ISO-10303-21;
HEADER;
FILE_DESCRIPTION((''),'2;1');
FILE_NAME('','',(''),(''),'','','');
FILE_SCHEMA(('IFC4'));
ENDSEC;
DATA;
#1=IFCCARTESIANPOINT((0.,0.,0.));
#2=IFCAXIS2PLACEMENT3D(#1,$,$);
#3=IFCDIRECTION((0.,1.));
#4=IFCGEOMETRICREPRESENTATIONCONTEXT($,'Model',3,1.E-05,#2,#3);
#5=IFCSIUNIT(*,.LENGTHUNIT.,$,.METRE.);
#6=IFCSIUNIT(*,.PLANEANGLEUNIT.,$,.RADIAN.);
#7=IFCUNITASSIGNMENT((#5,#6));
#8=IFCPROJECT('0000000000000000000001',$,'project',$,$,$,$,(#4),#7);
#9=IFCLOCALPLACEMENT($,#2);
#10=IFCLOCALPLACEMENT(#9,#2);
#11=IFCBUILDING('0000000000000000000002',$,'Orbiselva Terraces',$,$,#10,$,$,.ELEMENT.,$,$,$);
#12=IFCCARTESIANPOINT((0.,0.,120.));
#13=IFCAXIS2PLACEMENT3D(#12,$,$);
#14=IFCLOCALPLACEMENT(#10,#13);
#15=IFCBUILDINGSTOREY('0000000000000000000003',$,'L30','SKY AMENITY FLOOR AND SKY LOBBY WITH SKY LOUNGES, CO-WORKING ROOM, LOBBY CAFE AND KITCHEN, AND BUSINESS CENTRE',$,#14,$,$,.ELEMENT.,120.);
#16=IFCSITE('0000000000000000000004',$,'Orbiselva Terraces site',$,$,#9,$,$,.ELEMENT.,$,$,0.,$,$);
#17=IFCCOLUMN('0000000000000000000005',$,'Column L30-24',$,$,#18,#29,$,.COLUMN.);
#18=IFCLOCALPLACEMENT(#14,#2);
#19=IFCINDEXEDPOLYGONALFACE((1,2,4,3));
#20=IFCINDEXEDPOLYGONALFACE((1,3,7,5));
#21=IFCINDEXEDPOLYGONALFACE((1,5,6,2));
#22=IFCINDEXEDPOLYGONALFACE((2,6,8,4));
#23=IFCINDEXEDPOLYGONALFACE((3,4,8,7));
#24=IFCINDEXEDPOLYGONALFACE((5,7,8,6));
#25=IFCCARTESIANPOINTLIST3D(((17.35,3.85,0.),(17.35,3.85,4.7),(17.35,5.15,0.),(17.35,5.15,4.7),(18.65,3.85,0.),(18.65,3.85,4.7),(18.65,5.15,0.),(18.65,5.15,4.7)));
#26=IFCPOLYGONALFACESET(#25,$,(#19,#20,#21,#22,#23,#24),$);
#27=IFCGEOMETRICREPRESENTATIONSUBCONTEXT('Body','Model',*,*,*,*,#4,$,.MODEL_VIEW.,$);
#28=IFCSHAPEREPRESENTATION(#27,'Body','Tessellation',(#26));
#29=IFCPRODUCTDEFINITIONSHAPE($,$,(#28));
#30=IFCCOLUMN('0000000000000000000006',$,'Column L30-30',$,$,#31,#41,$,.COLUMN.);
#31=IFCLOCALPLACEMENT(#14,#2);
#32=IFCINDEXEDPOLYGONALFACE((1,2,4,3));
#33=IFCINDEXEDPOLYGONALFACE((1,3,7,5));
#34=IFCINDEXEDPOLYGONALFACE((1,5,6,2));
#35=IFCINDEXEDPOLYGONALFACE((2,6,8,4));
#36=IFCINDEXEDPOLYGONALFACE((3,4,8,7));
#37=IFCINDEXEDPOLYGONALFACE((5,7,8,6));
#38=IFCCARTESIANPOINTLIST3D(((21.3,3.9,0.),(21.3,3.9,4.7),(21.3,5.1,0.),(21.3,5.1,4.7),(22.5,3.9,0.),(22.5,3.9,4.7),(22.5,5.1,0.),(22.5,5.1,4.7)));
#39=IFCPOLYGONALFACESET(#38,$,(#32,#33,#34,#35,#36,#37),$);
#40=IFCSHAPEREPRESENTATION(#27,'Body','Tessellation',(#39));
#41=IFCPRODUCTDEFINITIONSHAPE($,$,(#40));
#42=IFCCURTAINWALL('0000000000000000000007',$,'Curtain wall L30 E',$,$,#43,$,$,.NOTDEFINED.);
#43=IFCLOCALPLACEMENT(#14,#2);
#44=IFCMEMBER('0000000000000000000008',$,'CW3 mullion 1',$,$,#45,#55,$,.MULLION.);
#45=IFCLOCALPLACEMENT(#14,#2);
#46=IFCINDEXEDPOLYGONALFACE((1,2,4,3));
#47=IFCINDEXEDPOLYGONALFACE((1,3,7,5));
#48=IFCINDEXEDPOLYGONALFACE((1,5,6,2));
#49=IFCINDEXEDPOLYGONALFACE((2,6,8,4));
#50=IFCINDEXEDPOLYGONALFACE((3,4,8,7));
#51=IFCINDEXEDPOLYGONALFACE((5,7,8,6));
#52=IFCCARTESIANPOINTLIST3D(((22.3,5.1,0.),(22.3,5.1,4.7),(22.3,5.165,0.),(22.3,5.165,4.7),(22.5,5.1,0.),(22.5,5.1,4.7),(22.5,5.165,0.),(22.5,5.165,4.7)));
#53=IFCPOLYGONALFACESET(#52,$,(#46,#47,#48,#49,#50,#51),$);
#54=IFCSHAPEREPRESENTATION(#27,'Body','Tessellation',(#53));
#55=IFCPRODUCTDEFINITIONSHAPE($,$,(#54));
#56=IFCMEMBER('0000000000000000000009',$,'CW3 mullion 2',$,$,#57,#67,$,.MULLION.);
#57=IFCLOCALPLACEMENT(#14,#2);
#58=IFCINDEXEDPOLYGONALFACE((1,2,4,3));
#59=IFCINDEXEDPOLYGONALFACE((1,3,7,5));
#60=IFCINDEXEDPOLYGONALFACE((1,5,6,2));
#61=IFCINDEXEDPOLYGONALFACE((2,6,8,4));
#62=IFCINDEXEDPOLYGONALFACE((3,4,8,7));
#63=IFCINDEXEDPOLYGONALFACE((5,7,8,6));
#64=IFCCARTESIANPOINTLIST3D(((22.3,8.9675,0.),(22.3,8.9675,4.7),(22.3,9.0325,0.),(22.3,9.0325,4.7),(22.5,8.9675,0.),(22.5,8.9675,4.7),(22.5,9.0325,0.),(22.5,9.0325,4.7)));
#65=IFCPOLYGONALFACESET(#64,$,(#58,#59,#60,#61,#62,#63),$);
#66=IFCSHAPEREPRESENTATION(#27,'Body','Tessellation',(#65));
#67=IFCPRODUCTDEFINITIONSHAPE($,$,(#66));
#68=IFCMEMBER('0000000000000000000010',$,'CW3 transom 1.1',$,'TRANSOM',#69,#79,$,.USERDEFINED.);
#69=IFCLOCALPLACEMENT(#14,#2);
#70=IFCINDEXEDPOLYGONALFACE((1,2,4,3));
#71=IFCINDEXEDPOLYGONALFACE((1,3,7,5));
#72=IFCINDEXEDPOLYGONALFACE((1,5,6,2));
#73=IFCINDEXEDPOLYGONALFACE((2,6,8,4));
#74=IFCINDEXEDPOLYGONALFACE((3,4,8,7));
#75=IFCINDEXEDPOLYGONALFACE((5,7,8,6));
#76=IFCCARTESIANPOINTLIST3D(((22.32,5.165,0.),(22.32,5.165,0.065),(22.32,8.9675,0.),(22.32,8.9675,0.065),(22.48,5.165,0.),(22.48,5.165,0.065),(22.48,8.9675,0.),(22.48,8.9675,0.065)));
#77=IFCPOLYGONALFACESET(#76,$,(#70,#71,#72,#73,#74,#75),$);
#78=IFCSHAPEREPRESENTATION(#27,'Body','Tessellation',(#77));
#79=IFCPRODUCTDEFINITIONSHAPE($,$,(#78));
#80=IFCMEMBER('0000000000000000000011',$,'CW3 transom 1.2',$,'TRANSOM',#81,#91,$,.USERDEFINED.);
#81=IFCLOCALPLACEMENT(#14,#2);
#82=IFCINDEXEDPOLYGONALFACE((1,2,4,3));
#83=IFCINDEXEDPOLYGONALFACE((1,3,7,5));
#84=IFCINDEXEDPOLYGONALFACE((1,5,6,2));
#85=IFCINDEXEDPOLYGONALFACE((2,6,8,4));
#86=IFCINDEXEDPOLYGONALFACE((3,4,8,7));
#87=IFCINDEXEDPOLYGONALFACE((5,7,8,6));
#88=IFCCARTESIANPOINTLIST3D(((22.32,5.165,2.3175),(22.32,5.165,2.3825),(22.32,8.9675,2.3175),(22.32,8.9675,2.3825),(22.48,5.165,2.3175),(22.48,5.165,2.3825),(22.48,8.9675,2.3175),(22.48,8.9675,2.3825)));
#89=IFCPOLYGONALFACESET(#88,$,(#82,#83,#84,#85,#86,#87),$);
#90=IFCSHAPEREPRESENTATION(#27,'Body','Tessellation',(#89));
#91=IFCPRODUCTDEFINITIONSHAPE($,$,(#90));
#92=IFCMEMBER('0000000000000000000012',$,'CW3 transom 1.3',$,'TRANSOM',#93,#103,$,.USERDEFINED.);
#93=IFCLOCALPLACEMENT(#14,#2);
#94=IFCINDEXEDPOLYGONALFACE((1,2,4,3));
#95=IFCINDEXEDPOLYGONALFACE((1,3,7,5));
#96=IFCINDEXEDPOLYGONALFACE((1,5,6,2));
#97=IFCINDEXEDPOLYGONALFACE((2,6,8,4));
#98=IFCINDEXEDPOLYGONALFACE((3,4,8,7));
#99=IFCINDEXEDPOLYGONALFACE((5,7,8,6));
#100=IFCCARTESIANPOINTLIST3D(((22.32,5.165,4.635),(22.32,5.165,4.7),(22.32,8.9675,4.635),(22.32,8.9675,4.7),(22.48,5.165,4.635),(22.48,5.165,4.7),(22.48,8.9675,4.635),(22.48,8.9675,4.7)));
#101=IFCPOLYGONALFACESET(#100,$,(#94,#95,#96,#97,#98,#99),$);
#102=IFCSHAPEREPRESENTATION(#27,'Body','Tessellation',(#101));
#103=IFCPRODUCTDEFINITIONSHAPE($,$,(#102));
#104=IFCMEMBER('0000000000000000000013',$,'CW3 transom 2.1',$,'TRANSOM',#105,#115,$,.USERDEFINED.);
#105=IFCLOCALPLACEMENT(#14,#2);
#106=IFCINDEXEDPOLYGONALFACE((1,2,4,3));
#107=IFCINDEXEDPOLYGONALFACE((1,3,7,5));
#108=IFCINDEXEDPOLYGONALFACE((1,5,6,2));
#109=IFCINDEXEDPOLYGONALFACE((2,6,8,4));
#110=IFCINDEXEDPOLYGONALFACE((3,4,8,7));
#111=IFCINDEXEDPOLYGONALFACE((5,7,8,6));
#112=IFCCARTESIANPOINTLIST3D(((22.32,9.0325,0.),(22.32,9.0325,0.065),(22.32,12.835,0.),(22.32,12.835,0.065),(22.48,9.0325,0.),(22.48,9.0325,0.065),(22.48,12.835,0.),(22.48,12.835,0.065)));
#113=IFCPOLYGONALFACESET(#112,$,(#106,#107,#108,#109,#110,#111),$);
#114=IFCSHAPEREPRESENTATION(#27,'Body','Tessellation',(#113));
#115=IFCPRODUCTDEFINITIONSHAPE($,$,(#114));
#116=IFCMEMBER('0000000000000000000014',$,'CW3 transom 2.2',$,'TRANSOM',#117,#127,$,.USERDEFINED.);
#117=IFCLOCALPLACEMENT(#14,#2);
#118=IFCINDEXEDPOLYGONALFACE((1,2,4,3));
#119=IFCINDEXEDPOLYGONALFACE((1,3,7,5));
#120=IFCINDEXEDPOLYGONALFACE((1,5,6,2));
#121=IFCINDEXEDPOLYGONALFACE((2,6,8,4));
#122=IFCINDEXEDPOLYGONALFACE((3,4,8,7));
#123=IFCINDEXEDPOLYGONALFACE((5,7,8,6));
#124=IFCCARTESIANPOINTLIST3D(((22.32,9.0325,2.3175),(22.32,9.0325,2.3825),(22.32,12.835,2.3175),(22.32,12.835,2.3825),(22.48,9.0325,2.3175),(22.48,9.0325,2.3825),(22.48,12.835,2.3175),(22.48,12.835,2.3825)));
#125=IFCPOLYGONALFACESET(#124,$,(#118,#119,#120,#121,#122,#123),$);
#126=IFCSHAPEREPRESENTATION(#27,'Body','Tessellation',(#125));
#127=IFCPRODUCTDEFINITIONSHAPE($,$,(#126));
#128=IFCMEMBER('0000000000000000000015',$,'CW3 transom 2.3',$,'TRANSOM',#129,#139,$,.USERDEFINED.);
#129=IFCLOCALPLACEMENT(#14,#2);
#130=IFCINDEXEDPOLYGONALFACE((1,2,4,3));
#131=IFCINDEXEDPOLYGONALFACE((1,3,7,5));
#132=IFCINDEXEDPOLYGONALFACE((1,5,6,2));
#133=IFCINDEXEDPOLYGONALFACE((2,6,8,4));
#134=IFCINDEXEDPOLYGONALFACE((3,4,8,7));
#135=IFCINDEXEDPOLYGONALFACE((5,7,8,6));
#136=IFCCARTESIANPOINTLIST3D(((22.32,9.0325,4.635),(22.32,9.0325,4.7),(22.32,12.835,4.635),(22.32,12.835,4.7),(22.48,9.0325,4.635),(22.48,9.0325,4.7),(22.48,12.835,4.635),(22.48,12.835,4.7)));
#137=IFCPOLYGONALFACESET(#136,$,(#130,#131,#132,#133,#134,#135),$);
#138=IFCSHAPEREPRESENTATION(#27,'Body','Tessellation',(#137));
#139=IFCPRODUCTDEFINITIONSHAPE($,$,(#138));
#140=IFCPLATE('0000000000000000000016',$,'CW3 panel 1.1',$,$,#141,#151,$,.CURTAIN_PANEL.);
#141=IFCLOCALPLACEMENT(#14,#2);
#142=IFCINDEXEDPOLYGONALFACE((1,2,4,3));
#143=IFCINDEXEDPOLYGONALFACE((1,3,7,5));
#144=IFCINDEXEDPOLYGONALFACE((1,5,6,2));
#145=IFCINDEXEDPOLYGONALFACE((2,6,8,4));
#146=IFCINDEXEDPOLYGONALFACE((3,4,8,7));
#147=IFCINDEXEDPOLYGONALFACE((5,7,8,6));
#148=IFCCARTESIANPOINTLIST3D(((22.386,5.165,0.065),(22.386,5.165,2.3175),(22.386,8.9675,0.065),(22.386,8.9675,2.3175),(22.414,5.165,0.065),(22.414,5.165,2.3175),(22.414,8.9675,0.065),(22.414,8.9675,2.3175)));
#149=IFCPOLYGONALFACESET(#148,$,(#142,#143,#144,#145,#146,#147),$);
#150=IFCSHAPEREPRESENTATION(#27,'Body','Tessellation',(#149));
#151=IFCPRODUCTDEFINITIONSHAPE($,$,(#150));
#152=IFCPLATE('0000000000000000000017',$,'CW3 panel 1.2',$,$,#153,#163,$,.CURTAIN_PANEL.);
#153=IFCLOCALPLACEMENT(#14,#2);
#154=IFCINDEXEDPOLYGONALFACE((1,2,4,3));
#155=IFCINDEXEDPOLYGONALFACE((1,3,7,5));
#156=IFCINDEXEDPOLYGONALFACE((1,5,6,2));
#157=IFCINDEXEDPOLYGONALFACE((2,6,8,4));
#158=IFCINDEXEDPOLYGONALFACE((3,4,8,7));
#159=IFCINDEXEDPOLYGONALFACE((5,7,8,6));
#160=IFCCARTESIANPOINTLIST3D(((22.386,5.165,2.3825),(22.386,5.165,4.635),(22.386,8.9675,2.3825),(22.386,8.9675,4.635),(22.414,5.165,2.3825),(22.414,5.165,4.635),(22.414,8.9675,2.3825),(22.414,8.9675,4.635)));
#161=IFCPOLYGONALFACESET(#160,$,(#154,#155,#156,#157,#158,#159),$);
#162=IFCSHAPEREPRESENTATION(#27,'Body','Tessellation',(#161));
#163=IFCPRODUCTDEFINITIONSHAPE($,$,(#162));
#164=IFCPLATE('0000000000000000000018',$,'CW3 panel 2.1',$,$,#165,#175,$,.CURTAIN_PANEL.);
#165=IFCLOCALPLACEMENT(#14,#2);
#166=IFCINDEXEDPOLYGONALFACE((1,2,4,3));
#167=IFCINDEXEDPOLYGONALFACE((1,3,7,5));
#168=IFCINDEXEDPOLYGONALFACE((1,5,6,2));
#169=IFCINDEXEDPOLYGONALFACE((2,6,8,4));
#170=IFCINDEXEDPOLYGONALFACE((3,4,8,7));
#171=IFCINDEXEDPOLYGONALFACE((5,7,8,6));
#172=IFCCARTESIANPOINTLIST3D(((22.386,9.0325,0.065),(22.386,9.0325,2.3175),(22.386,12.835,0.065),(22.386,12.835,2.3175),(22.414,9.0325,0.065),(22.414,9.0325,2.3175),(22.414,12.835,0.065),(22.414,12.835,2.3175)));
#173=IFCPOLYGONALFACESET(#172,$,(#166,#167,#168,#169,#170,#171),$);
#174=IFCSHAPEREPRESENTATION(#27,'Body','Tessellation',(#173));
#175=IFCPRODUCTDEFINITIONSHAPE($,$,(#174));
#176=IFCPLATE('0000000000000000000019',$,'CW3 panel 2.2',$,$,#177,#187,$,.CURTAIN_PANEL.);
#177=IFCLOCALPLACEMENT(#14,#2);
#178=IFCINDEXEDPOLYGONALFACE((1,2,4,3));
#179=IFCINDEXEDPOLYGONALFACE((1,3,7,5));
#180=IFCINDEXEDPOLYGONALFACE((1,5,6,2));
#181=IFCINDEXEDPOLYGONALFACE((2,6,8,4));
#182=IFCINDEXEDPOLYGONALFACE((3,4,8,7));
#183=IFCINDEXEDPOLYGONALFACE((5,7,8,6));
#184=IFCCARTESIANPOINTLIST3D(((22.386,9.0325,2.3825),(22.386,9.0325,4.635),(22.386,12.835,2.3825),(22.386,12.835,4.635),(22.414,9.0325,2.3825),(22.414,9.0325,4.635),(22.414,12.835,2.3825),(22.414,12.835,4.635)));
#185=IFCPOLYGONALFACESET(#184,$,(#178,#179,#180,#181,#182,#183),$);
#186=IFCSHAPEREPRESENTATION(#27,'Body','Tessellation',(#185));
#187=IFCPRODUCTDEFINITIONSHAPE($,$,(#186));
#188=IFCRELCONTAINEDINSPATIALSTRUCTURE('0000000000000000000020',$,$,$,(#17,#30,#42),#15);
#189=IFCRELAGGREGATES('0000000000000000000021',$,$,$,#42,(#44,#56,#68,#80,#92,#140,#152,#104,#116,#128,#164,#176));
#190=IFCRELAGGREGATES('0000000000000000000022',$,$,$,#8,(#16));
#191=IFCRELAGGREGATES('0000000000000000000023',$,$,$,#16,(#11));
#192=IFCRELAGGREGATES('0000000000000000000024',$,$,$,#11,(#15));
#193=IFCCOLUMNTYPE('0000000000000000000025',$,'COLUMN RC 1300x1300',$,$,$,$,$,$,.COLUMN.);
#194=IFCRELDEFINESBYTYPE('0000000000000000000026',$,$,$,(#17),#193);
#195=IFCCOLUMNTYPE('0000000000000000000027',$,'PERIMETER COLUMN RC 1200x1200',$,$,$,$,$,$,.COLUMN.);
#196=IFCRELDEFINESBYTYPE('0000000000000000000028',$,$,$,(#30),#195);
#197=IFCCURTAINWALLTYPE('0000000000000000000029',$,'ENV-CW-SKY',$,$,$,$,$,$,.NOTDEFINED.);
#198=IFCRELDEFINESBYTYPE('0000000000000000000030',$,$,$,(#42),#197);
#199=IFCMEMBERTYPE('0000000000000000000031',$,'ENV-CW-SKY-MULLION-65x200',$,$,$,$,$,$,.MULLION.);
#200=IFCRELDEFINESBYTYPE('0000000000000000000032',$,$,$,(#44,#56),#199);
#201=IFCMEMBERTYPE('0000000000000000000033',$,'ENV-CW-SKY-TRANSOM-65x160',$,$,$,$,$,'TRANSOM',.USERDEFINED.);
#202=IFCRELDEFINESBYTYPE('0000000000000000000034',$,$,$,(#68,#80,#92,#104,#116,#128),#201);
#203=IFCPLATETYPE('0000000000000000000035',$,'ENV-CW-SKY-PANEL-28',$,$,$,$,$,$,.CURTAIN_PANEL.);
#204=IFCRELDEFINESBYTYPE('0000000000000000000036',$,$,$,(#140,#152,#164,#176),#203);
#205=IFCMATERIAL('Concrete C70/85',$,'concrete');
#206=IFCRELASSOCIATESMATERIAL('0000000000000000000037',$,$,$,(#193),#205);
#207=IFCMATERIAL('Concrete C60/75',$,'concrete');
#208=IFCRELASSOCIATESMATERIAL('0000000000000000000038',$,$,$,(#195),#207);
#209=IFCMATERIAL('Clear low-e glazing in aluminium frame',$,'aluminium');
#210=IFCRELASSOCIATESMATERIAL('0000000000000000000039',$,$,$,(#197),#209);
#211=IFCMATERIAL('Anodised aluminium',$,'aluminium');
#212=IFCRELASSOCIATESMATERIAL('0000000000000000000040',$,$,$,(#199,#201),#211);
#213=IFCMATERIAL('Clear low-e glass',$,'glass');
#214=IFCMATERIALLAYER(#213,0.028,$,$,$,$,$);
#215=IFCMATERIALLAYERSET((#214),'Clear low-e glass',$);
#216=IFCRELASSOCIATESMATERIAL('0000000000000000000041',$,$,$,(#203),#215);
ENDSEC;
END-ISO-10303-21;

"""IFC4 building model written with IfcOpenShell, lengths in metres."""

from ifc_helpers import new_model, si_unit, direction, frame, origin, origin_2d, place, context, subcontext, project, spatial, rectangle, extrude, material, layer, layer_set, material_profile, profile_set, type_object, element, aggregate, save


model = new_model("IFC4")

# Units and contexts
model_context = context("Model", 3, precision=1e-05, world=origin(), true_north=direction((0.0, 1.0)))
body_context = subcontext(model_context, "Body", "Model", "MODEL_VIEW")
ifc_project = project(units=[si_unit("LENGTHUNIT", "METRE"), si_unit("PLANEANGLEUNIT", "RADIAN")], contexts=[model_context])

# Site, building, storey
site_placement = place(None, origin())
site = spatial("IfcSite", under=ifc_project, at=site_placement, Name="Orbiselva Terraces site", CompositionType="ELEMENT", RefElevation=0.0)
building_placement = place(site_placement, origin())
building = spatial("IfcBuilding", under=site, at=building_placement, Name="Orbiselva Terraces", CompositionType="ELEMENT")
storey_placement = place(building_placement, frame((0.0, 0.0, 120.0)))
storey = spatial("IfcBuildingStorey", under=building, at=storey_placement, Name="L30", Description="SKY AMENITY FLOOR AND SKY LOBBY WITH SKY LOUNGES, CO-WORKING ROOM, LOBBY CAFE AND KITCHEN, AND BUSINESS CENTRE", CompositionType="ELEMENT", Elevation=120.0)

# Columns
ifc_material_1 = material(Name="Concrete C70/85", Category="concrete")
ifc_material_profile_1 = material_profile(ifc_material_1, rectangle(XDim=1.3, YDim=1.3, at=origin_2d()), Name="RC 1300x1300")
ifc_profile_set_1 = profile_set([ifc_material_profile_1], Name="Concrete C70/85")
column_type_1 = type_object("IfcColumnType", Name="COLUMN RC 1300x1300", PredefinedType="COLUMN", material=ifc_profile_set_1)
column_1_placement = place(storey_placement, frame((18.0, 4.5, 0.0), z_axis=(0.0, 0.0, 1.0), x_axis=(1.0, 0.0, 0.0)))
element("IfcColumn", 1, at=column_1_placement, inside=storey, type_object=column_type_1, Name="Column L30-24", PredefinedType="COLUMN", context=body_context, shape_type="SweptSolid", body=[
    extrude(rectangle(XDim=1.3, YDim=1.3, at=origin_2d()), origin(), (0.0, 0.0, 1.0), 4.7),
])
ifc_material_2 = material(Name="Concrete C60/75", Category="concrete")
ifc_material_profile_2 = material_profile(ifc_material_2, rectangle(XDim=1.2, YDim=1.2, at=origin_2d()), Name="RC 1200x1200")
ifc_profile_set_2 = profile_set([ifc_material_profile_2], Name="Concrete C60/75")
column_type_2 = type_object("IfcColumnType", Name="PERIMETER COLUMN RC 1200x1200", PredefinedType="COLUMN", material=ifc_profile_set_2)
column_2_placement = place(storey_placement, frame((21.9, 4.5, 0.0), z_axis=(0.0, 0.0, 1.0), x_axis=(1.0, 0.0, 0.0)))
element("IfcColumn", 2, at=column_2_placement, inside=storey, type_object=column_type_2, Name="Column L30-30", PredefinedType="COLUMN", context=body_context, shape_type="SweptSolid", body=[
    extrude(rectangle(XDim=1.2, YDim=1.2, at=origin_2d()), origin(), (0.0, 0.0, 1.0), 4.7),
])

# Curtain wall, members, plates
ifc_material_3 = material(Name="Clear low-e glazing in aluminium frame", Category="aluminium")
curtain_wall_type = type_object("IfcCurtainWallType", Name="ENV-CW-SKY", PredefinedType="NOTDEFINED", material=ifc_material_3)
curtain_wall_placement = place(storey_placement, origin())
curtain_wall = element("IfcCurtainWall", 3, at=curtain_wall_placement, inside=storey, type_object=curtain_wall_type, Name="Curtain wall L30 E", PredefinedType="NOTDEFINED")
ifc_material_4 = material(Name="Anodised aluminium", Category="aluminium")
ifc_material_profile_3 = material_profile(ifc_material_4, rectangle(XDim=0.2, YDim=0.065, at=origin_2d()), Name="AL 65x200")
ifc_profile_set_3 = profile_set([ifc_material_profile_3], Name="Anodised aluminium")
member_type_1 = type_object("IfcMemberType", Name="ENV-CW-SKY-MULLION-65x200", PredefinedType="MULLION", material=ifc_profile_set_3)
member_1_placement = place(storey_placement, frame((22.4, 5.1325, 0.0), z_axis=(0.0, 0.0, 1.0), x_axis=(-1.0, 0.0, 0.0)))
member_1 = element("IfcMember", 4, at=member_1_placement, type_object=member_type_1, Name="CW3 mullion 1", PredefinedType="MULLION", context=body_context, shape_type="SweptSolid", body=[
    extrude(rectangle(XDim=0.2, YDim=0.065, at=origin_2d()), origin(), (0.0, 0.0, 1.0), 4.7),
])
member_2_placement = place(storey_placement, frame((22.4, 9.0, 0.0), z_axis=(0.0, 0.0, 1.0), x_axis=(-1.0, 0.0, 0.0)))
member_2 = element("IfcMember", 5, at=member_2_placement, type_object=member_type_1, Name="CW3 mullion 2", PredefinedType="MULLION", context=body_context, shape_type="SweptSolid", body=[
    extrude(rectangle(XDim=0.2, YDim=0.065, at=origin_2d()), origin(), (0.0, 0.0, 1.0), 4.7),
])
ifc_material_profile_4 = material_profile(ifc_material_4, rectangle(XDim=0.16, YDim=0.065, at=origin_2d()), Name="AL 65x160")
ifc_profile_set_4 = profile_set([ifc_material_profile_4], Name="Anodised aluminium")
member_type_2 = type_object("IfcMemberType", Name="ENV-CW-SKY-TRANSOM-65x160", ElementType="TRANSOM", PredefinedType="USERDEFINED", material=ifc_profile_set_4)
member_3_placement = place(storey_placement, frame((22.4, 5.165, 0.0325), z_axis=(0.0, 1.0, 0.0), x_axis=(-1.0, 0.0, 0.0)))
member_3 = element("IfcMember", 6, at=member_3_placement, type_object=member_type_2, Name="CW3 transom 1.1", ObjectType="TRANSOM", PredefinedType="USERDEFINED", context=body_context, shape_type="SweptSolid", body=[
    extrude(rectangle(XDim=0.16, YDim=0.065, at=origin_2d()), origin(), (0.0, 0.0, 1.0), 3.8025),
])
member_4_placement = place(storey_placement, frame((22.4, 5.165, 2.35), z_axis=(0.0, 1.0, 0.0), x_axis=(-1.0, 0.0, 0.0)))
member_4 = element("IfcMember", 7, at=member_4_placement, type_object=member_type_2, Name="CW3 transom 1.2", ObjectType="TRANSOM", PredefinedType="USERDEFINED", context=body_context, shape_type="SweptSolid", body=[
    extrude(rectangle(XDim=0.16, YDim=0.065, at=origin_2d()), origin(), (0.0, 0.0, 1.0), 3.8025),
])
member_5_placement = place(storey_placement, frame((22.4, 5.165, 4.6675), z_axis=(0.0, 1.0, 0.0), x_axis=(-1.0, 0.0, 0.0)))
member_5 = element("IfcMember", 8, at=member_5_placement, type_object=member_type_2, Name="CW3 transom 1.3", ObjectType="TRANSOM", PredefinedType="USERDEFINED", context=body_context, shape_type="SweptSolid", body=[
    extrude(rectangle(XDim=0.16, YDim=0.065, at=origin_2d()), origin(), (0.0, 0.0, 1.0), 3.8025),
])
member_6_placement = place(storey_placement, frame((22.4, 9.0325, 0.0325), z_axis=(0.0, 1.0, 0.0), x_axis=(-1.0, 0.0, 0.0)))
member_6 = element("IfcMember", 9, at=member_6_placement, type_object=member_type_2, Name="CW3 transom 2.1", ObjectType="TRANSOM", PredefinedType="USERDEFINED", context=body_context, shape_type="SweptSolid", body=[
    extrude(rectangle(XDim=0.16, YDim=0.065, at=origin_2d()), origin(), (0.0, 0.0, 1.0), 3.8025),
])
member_7_placement = place(storey_placement, frame((22.4, 9.0325, 2.35), z_axis=(0.0, 1.0, 0.0), x_axis=(-1.0, 0.0, 0.0)))
member_7 = element("IfcMember", 10, at=member_7_placement, type_object=member_type_2, Name="CW3 transom 2.2", ObjectType="TRANSOM", PredefinedType="USERDEFINED", context=body_context, shape_type="SweptSolid", body=[
    extrude(rectangle(XDim=0.16, YDim=0.065, at=origin_2d()), origin(), (0.0, 0.0, 1.0), 3.8025),
])
member_8_placement = place(storey_placement, frame((22.4, 9.0325, 4.6675), z_axis=(0.0, 1.0, 0.0), x_axis=(-1.0, 0.0, 0.0)))
member_8 = element("IfcMember", 11, at=member_8_placement, type_object=member_type_2, Name="CW3 transom 2.3", ObjectType="TRANSOM", PredefinedType="USERDEFINED", context=body_context, shape_type="SweptSolid", body=[
    extrude(rectangle(XDim=0.16, YDim=0.065, at=origin_2d()), origin(), (0.0, 0.0, 1.0), 3.8025),
])
ifc_material_5 = material(Name="Clear low-e glass", Category="glass")
ifc_layer_1 = layer(ifc_material_5, 0.028)
ifc_layer_set_1 = layer_set([ifc_layer_1], Name="Clear low-e glass")
plate_type = type_object("IfcPlateType", Name="ENV-CW-SKY-PANEL-28", PredefinedType="CURTAIN_PANEL", material=ifc_layer_set_1)
plate_1_placement = place(storey_placement, frame((22.4, 7.0663, 0.065), z_axis=(0.0, 0.0, 1.0), x_axis=(0.0, 1.0, 0.0)))
plate_1 = element("IfcPlate", 12, at=plate_1_placement, type_object=plate_type, Name="CW3 panel 1.1", PredefinedType="CURTAIN_PANEL", context=body_context, shape_type="SweptSolid", body=[
    extrude(rectangle(XDim=3.8025, YDim=0.028, at=origin_2d()), origin(), (0.0, 0.0, 1.0), 2.2525),
])
plate_2_placement = place(storey_placement, frame((22.4, 7.0663, 2.3825), z_axis=(0.0, 0.0, 1.0), x_axis=(0.0, 1.0, 0.0)))
plate_2 = element("IfcPlate", 13, at=plate_2_placement, type_object=plate_type, Name="CW3 panel 1.2", PredefinedType="CURTAIN_PANEL", context=body_context, shape_type="SweptSolid", body=[
    extrude(rectangle(XDim=3.8025, YDim=0.028, at=origin_2d()), origin(), (0.0, 0.0, 1.0), 2.2525),
])
plate_3_placement = place(storey_placement, frame((22.4, 10.9337, 0.065), z_axis=(0.0, 0.0, 1.0), x_axis=(0.0, 1.0, 0.0)))
plate_3 = element("IfcPlate", 14, at=plate_3_placement, type_object=plate_type, Name="CW3 panel 2.1", PredefinedType="CURTAIN_PANEL", context=body_context, shape_type="SweptSolid", body=[
    extrude(rectangle(XDim=3.8025, YDim=0.028, at=origin_2d()), origin(), (0.0, 0.0, 1.0), 2.2525),
])
plate_4_placement = place(storey_placement, frame((22.4, 10.9337, 2.3825), z_axis=(0.0, 0.0, 1.0), x_axis=(0.0, 1.0, 0.0)))
plate_4 = element("IfcPlate", 15, at=plate_4_placement, type_object=plate_type, Name="CW3 panel 2.2", PredefinedType="CURTAIN_PANEL", context=body_context, shape_type="SweptSolid", body=[
    extrude(rectangle(XDim=3.8025, YDim=0.028, at=origin_2d()), origin(), (0.0, 0.0, 1.0), 2.2525),
])
aggregate(curtain_wall, [member_1, member_2, member_3, member_4, member_5, plate_1, plate_2, member_6, member_7, member_8, plate_3, plate_4])

save(model, "model.ifc")
